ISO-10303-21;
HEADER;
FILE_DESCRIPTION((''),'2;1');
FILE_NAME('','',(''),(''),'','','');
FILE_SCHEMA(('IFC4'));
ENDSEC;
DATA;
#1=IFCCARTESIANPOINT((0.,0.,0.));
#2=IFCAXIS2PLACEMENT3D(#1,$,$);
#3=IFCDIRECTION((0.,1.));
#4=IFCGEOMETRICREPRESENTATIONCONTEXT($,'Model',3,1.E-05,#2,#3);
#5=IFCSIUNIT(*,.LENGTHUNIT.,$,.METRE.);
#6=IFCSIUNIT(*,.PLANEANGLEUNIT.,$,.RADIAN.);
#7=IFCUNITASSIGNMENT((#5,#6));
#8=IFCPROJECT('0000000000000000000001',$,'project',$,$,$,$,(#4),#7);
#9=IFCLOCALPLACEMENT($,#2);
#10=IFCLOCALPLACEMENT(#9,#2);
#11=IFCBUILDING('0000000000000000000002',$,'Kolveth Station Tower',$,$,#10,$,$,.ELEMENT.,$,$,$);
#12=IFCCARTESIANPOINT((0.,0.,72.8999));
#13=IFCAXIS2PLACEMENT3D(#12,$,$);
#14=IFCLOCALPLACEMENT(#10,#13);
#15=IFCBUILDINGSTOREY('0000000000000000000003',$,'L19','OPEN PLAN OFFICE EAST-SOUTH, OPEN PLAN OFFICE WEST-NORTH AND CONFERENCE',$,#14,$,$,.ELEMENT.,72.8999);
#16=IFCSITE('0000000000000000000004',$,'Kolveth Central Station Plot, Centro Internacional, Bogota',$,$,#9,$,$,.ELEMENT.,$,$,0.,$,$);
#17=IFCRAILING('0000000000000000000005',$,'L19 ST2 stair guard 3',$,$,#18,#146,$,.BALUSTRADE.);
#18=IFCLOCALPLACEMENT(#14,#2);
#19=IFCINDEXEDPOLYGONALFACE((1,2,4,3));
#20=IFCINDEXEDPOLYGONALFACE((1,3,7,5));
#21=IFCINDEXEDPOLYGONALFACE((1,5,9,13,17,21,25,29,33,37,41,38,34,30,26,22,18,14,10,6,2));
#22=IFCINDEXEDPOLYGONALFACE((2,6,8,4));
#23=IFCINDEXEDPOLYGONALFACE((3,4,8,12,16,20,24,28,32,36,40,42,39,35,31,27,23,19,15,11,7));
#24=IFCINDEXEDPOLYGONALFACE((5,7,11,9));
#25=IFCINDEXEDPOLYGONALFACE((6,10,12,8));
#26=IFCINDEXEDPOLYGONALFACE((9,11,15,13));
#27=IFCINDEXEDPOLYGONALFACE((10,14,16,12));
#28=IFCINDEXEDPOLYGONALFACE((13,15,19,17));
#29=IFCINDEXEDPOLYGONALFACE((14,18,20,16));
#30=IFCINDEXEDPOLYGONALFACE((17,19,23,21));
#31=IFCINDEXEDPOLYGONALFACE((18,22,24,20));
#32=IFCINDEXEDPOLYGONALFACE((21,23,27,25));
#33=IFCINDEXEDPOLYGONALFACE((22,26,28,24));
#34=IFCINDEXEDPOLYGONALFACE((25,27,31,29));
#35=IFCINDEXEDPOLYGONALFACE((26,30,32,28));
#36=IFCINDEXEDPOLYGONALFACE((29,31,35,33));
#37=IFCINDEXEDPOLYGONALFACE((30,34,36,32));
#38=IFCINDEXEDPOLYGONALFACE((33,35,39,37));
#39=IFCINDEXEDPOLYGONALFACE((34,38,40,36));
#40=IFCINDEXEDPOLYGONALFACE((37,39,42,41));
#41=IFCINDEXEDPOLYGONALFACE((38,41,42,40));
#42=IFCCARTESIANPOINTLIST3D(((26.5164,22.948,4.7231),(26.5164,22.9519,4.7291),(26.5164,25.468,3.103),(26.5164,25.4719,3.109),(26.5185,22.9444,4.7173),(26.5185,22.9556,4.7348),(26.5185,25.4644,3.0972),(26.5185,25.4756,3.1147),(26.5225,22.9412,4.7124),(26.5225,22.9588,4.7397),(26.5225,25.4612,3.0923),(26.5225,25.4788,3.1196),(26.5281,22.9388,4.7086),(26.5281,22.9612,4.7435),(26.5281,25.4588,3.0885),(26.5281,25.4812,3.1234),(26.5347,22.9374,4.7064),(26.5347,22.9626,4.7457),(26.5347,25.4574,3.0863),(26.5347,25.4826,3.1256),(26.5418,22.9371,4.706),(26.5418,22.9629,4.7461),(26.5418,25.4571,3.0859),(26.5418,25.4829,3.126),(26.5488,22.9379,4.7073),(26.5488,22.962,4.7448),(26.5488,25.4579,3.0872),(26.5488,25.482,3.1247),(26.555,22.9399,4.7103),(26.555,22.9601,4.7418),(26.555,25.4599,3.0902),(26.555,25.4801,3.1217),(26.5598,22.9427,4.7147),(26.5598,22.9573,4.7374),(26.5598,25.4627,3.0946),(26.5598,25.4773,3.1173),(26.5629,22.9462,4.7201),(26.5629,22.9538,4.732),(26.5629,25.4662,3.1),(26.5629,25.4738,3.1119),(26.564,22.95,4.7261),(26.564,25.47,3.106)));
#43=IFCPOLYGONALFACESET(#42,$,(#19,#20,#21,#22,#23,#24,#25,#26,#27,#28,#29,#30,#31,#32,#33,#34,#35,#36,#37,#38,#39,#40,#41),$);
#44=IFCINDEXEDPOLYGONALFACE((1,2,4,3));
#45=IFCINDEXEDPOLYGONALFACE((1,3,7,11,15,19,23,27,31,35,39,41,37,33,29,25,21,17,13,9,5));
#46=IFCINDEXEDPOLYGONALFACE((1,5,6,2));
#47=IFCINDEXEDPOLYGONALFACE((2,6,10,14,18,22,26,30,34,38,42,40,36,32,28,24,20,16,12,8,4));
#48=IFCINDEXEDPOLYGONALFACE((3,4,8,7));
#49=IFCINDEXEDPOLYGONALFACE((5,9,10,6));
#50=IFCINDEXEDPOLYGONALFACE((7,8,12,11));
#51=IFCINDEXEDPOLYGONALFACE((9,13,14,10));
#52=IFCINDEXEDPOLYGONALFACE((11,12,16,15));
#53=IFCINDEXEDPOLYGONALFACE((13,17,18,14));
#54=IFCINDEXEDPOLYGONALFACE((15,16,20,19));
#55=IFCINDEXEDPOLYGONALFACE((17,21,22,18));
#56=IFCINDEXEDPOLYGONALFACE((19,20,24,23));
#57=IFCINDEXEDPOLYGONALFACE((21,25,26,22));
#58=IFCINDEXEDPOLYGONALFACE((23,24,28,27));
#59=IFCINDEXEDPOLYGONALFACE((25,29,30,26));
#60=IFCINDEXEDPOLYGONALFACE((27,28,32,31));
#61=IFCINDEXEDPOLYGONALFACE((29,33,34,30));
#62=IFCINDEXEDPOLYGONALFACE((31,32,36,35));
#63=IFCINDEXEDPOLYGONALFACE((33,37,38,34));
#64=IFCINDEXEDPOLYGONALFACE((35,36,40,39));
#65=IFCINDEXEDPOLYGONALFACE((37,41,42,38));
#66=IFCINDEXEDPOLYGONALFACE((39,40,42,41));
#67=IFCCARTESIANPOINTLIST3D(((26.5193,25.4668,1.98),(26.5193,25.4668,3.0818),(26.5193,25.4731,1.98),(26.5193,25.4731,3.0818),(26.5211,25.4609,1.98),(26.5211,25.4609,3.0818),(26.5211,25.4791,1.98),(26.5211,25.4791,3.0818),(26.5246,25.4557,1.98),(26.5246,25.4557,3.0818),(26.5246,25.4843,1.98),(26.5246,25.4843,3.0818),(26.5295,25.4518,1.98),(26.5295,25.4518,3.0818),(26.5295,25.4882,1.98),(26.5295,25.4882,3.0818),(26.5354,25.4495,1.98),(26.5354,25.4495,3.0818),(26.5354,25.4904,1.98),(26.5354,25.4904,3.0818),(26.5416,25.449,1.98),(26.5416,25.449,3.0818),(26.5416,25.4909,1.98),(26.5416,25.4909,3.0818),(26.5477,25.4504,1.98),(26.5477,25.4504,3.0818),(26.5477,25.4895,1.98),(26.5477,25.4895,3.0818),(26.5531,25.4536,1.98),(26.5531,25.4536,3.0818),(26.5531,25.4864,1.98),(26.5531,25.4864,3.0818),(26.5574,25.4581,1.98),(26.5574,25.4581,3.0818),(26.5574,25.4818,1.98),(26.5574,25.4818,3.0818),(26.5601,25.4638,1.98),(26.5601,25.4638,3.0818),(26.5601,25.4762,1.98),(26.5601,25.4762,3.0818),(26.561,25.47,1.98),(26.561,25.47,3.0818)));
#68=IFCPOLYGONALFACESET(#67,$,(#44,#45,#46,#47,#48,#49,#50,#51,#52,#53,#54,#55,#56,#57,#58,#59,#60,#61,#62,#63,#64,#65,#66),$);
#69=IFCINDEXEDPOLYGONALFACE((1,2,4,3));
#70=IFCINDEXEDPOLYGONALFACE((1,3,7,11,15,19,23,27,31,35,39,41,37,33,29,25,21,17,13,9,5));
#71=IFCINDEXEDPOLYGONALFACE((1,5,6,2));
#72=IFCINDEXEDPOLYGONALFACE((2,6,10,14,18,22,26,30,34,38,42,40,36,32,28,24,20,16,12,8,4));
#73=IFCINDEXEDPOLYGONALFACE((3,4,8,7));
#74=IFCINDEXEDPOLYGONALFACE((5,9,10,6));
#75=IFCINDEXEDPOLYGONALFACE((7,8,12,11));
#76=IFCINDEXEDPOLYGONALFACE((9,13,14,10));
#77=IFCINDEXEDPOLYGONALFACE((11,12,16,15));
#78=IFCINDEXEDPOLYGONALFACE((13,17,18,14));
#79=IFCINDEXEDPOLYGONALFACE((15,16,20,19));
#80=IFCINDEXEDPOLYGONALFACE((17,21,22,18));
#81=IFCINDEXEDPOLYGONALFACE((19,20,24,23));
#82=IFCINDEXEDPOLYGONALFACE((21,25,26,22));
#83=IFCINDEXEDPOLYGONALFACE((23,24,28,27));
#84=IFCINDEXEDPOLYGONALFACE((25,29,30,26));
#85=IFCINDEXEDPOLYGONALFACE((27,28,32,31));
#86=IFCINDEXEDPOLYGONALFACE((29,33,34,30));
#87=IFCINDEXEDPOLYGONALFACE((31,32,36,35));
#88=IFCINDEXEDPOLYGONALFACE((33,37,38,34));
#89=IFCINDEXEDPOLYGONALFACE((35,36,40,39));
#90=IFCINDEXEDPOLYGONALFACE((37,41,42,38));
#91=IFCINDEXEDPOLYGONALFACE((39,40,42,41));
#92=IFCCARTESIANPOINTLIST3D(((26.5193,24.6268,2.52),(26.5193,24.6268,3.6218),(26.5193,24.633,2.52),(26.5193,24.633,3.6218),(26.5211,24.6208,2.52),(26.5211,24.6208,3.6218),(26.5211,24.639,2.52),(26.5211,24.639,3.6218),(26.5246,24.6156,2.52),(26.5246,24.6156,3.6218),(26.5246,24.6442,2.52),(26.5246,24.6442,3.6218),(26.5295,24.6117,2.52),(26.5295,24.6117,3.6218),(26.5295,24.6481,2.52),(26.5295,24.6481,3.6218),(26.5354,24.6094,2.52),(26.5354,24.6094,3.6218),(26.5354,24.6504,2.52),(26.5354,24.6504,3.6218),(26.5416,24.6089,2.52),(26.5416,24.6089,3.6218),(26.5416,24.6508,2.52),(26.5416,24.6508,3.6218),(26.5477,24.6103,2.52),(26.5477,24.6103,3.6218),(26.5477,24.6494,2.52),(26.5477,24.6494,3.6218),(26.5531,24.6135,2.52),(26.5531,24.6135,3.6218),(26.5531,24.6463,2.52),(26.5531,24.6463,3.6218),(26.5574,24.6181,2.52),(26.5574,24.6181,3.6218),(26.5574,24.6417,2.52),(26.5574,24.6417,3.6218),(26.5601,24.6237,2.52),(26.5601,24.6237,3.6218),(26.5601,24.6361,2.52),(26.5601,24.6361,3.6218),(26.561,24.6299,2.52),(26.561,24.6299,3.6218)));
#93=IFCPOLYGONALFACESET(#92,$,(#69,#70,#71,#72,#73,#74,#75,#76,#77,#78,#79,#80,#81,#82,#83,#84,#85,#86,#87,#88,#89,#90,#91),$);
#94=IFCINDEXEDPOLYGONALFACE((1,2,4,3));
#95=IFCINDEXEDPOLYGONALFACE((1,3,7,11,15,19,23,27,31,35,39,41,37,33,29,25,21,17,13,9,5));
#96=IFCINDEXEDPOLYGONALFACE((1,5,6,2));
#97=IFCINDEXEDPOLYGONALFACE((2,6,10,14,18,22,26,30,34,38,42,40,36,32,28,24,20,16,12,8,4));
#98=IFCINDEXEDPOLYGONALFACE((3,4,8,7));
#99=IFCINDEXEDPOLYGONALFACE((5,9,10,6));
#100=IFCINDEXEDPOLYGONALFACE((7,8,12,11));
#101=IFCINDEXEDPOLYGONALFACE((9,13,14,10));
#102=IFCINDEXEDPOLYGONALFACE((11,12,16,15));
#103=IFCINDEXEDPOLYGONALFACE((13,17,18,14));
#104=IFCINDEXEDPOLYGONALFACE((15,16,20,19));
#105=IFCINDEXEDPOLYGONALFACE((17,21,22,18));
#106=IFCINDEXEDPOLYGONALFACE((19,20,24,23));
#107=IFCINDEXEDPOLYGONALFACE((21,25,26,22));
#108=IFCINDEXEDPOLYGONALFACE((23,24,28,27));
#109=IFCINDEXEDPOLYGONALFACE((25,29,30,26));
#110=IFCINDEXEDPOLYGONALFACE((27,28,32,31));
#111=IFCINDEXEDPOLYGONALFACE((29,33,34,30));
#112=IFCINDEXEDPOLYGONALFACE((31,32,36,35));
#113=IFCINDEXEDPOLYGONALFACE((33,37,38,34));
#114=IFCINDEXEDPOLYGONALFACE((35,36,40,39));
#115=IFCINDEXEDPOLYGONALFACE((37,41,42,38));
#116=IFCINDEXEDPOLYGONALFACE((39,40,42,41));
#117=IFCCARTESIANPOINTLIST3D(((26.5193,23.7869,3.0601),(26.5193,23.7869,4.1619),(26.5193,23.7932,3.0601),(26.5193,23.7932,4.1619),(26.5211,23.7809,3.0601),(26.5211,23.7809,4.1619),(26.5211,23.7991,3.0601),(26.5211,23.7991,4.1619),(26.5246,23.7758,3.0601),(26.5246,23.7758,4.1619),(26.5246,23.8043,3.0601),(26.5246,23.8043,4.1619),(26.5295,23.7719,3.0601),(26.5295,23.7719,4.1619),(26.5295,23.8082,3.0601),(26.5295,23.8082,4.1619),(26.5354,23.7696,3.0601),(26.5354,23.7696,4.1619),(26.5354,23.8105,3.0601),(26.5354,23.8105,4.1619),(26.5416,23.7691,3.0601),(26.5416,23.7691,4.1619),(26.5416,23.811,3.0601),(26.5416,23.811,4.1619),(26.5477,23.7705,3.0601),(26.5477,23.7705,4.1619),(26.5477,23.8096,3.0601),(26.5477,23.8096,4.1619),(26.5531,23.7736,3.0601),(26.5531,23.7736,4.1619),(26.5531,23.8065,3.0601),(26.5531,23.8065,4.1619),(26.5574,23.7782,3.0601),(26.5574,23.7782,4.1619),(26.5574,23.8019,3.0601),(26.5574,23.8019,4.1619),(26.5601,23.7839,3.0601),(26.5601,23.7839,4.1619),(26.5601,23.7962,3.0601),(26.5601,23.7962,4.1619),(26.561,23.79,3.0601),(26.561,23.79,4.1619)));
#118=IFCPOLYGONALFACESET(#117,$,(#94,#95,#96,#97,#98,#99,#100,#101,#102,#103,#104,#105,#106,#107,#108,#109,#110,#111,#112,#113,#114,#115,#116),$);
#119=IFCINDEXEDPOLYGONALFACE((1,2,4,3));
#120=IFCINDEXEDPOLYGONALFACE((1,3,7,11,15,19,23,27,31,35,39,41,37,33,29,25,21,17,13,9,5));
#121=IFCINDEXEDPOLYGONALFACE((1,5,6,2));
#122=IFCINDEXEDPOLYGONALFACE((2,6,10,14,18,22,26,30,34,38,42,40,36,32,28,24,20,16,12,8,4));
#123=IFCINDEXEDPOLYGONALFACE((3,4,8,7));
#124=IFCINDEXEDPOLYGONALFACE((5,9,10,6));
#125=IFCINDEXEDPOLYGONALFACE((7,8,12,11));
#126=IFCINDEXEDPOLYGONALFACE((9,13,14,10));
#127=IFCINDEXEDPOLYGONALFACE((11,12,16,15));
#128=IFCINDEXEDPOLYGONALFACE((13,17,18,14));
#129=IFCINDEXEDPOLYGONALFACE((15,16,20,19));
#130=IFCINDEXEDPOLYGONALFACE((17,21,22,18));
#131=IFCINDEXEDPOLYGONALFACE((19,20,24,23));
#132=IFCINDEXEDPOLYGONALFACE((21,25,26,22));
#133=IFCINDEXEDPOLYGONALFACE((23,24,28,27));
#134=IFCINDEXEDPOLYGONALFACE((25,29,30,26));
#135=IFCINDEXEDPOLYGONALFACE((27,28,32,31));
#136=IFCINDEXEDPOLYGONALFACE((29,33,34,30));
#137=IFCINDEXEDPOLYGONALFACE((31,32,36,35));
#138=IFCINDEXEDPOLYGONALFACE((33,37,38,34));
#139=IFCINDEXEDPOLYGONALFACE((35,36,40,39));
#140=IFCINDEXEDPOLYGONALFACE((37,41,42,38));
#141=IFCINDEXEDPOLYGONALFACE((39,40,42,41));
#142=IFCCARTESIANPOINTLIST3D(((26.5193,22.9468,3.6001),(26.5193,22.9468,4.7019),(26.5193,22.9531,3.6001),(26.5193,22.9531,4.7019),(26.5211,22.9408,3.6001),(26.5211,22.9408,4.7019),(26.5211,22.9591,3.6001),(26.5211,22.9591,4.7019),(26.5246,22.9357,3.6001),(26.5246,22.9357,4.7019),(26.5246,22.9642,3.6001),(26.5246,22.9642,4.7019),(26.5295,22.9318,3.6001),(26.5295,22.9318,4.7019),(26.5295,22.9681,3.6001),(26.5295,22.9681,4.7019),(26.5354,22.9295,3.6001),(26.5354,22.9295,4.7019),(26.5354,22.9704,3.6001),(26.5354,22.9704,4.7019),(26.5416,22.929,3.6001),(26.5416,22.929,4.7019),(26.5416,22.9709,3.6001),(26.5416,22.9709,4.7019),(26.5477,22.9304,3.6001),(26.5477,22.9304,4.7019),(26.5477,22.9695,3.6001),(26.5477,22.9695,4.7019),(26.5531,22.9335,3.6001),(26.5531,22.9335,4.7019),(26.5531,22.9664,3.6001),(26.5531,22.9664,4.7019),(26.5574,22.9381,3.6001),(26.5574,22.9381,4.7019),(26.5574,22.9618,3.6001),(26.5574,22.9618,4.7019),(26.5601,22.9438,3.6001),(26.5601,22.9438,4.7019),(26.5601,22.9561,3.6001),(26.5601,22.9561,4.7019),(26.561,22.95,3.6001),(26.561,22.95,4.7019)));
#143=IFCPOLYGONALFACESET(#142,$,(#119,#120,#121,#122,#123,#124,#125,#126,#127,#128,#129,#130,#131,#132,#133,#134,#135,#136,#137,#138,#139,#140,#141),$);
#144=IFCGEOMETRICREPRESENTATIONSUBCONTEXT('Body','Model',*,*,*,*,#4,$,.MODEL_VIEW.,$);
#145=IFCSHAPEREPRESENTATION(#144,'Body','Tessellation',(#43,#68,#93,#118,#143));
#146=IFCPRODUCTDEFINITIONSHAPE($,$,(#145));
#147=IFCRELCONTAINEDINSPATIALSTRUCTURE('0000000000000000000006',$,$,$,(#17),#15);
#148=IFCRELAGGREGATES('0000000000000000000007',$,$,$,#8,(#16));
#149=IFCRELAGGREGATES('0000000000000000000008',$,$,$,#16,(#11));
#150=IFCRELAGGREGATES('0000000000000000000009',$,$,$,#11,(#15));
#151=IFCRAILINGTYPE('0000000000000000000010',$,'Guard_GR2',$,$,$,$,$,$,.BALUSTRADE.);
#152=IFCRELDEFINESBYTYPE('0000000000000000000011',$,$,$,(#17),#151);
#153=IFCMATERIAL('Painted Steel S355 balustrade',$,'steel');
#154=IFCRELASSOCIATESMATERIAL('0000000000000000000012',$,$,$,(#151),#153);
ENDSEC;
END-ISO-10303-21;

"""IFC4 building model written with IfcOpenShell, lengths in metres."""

from ifc_helpers import new_model, si_unit, direction, frame, origin, origin_2d, place, context, subcontext, project, spatial, circle, extrude, material, type_object, element, save


model = new_model("IFC4")

# Units and contexts
model_context = context("Model", 3, precision=1e-05, world=origin(), true_north=direction((0.0, 1.0)))
body_context = subcontext(model_context, "Body", "Model", "MODEL_VIEW")
ifc_project = project(units=[si_unit("LENGTHUNIT", "METRE"), si_unit("PLANEANGLEUNIT", "RADIAN")], contexts=[model_context])

# Site, building, storey
site_placement = place(None, origin())
site = spatial("IfcSite", under=ifc_project, at=site_placement, Name="Kolveth Central Station Plot, Centro Internacional, Bogota", CompositionType="ELEMENT", RefElevation=0.0)
building_placement = place(site_placement, origin())
building = spatial("IfcBuilding", under=site, at=building_placement, Name="Kolveth Station Tower", CompositionType="ELEMENT")
storey_placement = place(building_placement, frame((0.0, 0.0, 72.8999)))
storey = spatial("IfcBuildingStorey", under=building, at=storey_placement, Name="L19", Description="OPEN PLAN OFFICE EAST-SOUTH, OPEN PLAN OFFICE WEST-NORTH AND CONFERENCE", CompositionType="ELEMENT", Elevation=72.8999)

# Railing
ifc_material_1 = material(Name="Painted Steel S355 balustrade", Category="steel")
railing_type_1 = type_object("IfcRailingType", Name="Guard_GR2", PredefinedType="BALUSTRADE", material=ifc_material_1)
railing_1_placement = place(storey_placement, frame((26.54, 25.47, 1.98)))
element("IfcRailing", 1, at=railing_1_placement, inside=storey, type_object=railing_type_1, Name="L19 ST2 stair guard 3", PredefinedType="BALUSTRADE", context=body_context, shape_type="SweptSolid", body=[
    extrude(circle(Radius=0.0239, at=origin_2d()), frame((0.0, 0.0, 1.126), z_axis=(0.0, -0.841163, 0.540782), x_axis=(1.0, 0.0, 0.0)), (0.0, 0.0, 1.0), 2.9958),
    extrude(circle(Radius=0.021, at=origin_2d()), origin(), (0.0, 0.0, 1.0), 1.1018),
    extrude(circle(Radius=0.021, at=origin_2d()), frame((0.0, -0.8401, 0.54)), (0.0, 0.0, 1.0), 1.1018),
    extrude(circle(Radius=0.021, at=origin_2d()), frame((0.0, -1.6799, 1.0801)), (0.0, 0.0, 1.0), 1.1018),
    extrude(circle(Radius=0.021, at=origin_2d()), frame((0.0, -2.52, 1.6201)), (0.0, 0.0, 1.0), 1.1018),
])

save(model, "model.ifc")
